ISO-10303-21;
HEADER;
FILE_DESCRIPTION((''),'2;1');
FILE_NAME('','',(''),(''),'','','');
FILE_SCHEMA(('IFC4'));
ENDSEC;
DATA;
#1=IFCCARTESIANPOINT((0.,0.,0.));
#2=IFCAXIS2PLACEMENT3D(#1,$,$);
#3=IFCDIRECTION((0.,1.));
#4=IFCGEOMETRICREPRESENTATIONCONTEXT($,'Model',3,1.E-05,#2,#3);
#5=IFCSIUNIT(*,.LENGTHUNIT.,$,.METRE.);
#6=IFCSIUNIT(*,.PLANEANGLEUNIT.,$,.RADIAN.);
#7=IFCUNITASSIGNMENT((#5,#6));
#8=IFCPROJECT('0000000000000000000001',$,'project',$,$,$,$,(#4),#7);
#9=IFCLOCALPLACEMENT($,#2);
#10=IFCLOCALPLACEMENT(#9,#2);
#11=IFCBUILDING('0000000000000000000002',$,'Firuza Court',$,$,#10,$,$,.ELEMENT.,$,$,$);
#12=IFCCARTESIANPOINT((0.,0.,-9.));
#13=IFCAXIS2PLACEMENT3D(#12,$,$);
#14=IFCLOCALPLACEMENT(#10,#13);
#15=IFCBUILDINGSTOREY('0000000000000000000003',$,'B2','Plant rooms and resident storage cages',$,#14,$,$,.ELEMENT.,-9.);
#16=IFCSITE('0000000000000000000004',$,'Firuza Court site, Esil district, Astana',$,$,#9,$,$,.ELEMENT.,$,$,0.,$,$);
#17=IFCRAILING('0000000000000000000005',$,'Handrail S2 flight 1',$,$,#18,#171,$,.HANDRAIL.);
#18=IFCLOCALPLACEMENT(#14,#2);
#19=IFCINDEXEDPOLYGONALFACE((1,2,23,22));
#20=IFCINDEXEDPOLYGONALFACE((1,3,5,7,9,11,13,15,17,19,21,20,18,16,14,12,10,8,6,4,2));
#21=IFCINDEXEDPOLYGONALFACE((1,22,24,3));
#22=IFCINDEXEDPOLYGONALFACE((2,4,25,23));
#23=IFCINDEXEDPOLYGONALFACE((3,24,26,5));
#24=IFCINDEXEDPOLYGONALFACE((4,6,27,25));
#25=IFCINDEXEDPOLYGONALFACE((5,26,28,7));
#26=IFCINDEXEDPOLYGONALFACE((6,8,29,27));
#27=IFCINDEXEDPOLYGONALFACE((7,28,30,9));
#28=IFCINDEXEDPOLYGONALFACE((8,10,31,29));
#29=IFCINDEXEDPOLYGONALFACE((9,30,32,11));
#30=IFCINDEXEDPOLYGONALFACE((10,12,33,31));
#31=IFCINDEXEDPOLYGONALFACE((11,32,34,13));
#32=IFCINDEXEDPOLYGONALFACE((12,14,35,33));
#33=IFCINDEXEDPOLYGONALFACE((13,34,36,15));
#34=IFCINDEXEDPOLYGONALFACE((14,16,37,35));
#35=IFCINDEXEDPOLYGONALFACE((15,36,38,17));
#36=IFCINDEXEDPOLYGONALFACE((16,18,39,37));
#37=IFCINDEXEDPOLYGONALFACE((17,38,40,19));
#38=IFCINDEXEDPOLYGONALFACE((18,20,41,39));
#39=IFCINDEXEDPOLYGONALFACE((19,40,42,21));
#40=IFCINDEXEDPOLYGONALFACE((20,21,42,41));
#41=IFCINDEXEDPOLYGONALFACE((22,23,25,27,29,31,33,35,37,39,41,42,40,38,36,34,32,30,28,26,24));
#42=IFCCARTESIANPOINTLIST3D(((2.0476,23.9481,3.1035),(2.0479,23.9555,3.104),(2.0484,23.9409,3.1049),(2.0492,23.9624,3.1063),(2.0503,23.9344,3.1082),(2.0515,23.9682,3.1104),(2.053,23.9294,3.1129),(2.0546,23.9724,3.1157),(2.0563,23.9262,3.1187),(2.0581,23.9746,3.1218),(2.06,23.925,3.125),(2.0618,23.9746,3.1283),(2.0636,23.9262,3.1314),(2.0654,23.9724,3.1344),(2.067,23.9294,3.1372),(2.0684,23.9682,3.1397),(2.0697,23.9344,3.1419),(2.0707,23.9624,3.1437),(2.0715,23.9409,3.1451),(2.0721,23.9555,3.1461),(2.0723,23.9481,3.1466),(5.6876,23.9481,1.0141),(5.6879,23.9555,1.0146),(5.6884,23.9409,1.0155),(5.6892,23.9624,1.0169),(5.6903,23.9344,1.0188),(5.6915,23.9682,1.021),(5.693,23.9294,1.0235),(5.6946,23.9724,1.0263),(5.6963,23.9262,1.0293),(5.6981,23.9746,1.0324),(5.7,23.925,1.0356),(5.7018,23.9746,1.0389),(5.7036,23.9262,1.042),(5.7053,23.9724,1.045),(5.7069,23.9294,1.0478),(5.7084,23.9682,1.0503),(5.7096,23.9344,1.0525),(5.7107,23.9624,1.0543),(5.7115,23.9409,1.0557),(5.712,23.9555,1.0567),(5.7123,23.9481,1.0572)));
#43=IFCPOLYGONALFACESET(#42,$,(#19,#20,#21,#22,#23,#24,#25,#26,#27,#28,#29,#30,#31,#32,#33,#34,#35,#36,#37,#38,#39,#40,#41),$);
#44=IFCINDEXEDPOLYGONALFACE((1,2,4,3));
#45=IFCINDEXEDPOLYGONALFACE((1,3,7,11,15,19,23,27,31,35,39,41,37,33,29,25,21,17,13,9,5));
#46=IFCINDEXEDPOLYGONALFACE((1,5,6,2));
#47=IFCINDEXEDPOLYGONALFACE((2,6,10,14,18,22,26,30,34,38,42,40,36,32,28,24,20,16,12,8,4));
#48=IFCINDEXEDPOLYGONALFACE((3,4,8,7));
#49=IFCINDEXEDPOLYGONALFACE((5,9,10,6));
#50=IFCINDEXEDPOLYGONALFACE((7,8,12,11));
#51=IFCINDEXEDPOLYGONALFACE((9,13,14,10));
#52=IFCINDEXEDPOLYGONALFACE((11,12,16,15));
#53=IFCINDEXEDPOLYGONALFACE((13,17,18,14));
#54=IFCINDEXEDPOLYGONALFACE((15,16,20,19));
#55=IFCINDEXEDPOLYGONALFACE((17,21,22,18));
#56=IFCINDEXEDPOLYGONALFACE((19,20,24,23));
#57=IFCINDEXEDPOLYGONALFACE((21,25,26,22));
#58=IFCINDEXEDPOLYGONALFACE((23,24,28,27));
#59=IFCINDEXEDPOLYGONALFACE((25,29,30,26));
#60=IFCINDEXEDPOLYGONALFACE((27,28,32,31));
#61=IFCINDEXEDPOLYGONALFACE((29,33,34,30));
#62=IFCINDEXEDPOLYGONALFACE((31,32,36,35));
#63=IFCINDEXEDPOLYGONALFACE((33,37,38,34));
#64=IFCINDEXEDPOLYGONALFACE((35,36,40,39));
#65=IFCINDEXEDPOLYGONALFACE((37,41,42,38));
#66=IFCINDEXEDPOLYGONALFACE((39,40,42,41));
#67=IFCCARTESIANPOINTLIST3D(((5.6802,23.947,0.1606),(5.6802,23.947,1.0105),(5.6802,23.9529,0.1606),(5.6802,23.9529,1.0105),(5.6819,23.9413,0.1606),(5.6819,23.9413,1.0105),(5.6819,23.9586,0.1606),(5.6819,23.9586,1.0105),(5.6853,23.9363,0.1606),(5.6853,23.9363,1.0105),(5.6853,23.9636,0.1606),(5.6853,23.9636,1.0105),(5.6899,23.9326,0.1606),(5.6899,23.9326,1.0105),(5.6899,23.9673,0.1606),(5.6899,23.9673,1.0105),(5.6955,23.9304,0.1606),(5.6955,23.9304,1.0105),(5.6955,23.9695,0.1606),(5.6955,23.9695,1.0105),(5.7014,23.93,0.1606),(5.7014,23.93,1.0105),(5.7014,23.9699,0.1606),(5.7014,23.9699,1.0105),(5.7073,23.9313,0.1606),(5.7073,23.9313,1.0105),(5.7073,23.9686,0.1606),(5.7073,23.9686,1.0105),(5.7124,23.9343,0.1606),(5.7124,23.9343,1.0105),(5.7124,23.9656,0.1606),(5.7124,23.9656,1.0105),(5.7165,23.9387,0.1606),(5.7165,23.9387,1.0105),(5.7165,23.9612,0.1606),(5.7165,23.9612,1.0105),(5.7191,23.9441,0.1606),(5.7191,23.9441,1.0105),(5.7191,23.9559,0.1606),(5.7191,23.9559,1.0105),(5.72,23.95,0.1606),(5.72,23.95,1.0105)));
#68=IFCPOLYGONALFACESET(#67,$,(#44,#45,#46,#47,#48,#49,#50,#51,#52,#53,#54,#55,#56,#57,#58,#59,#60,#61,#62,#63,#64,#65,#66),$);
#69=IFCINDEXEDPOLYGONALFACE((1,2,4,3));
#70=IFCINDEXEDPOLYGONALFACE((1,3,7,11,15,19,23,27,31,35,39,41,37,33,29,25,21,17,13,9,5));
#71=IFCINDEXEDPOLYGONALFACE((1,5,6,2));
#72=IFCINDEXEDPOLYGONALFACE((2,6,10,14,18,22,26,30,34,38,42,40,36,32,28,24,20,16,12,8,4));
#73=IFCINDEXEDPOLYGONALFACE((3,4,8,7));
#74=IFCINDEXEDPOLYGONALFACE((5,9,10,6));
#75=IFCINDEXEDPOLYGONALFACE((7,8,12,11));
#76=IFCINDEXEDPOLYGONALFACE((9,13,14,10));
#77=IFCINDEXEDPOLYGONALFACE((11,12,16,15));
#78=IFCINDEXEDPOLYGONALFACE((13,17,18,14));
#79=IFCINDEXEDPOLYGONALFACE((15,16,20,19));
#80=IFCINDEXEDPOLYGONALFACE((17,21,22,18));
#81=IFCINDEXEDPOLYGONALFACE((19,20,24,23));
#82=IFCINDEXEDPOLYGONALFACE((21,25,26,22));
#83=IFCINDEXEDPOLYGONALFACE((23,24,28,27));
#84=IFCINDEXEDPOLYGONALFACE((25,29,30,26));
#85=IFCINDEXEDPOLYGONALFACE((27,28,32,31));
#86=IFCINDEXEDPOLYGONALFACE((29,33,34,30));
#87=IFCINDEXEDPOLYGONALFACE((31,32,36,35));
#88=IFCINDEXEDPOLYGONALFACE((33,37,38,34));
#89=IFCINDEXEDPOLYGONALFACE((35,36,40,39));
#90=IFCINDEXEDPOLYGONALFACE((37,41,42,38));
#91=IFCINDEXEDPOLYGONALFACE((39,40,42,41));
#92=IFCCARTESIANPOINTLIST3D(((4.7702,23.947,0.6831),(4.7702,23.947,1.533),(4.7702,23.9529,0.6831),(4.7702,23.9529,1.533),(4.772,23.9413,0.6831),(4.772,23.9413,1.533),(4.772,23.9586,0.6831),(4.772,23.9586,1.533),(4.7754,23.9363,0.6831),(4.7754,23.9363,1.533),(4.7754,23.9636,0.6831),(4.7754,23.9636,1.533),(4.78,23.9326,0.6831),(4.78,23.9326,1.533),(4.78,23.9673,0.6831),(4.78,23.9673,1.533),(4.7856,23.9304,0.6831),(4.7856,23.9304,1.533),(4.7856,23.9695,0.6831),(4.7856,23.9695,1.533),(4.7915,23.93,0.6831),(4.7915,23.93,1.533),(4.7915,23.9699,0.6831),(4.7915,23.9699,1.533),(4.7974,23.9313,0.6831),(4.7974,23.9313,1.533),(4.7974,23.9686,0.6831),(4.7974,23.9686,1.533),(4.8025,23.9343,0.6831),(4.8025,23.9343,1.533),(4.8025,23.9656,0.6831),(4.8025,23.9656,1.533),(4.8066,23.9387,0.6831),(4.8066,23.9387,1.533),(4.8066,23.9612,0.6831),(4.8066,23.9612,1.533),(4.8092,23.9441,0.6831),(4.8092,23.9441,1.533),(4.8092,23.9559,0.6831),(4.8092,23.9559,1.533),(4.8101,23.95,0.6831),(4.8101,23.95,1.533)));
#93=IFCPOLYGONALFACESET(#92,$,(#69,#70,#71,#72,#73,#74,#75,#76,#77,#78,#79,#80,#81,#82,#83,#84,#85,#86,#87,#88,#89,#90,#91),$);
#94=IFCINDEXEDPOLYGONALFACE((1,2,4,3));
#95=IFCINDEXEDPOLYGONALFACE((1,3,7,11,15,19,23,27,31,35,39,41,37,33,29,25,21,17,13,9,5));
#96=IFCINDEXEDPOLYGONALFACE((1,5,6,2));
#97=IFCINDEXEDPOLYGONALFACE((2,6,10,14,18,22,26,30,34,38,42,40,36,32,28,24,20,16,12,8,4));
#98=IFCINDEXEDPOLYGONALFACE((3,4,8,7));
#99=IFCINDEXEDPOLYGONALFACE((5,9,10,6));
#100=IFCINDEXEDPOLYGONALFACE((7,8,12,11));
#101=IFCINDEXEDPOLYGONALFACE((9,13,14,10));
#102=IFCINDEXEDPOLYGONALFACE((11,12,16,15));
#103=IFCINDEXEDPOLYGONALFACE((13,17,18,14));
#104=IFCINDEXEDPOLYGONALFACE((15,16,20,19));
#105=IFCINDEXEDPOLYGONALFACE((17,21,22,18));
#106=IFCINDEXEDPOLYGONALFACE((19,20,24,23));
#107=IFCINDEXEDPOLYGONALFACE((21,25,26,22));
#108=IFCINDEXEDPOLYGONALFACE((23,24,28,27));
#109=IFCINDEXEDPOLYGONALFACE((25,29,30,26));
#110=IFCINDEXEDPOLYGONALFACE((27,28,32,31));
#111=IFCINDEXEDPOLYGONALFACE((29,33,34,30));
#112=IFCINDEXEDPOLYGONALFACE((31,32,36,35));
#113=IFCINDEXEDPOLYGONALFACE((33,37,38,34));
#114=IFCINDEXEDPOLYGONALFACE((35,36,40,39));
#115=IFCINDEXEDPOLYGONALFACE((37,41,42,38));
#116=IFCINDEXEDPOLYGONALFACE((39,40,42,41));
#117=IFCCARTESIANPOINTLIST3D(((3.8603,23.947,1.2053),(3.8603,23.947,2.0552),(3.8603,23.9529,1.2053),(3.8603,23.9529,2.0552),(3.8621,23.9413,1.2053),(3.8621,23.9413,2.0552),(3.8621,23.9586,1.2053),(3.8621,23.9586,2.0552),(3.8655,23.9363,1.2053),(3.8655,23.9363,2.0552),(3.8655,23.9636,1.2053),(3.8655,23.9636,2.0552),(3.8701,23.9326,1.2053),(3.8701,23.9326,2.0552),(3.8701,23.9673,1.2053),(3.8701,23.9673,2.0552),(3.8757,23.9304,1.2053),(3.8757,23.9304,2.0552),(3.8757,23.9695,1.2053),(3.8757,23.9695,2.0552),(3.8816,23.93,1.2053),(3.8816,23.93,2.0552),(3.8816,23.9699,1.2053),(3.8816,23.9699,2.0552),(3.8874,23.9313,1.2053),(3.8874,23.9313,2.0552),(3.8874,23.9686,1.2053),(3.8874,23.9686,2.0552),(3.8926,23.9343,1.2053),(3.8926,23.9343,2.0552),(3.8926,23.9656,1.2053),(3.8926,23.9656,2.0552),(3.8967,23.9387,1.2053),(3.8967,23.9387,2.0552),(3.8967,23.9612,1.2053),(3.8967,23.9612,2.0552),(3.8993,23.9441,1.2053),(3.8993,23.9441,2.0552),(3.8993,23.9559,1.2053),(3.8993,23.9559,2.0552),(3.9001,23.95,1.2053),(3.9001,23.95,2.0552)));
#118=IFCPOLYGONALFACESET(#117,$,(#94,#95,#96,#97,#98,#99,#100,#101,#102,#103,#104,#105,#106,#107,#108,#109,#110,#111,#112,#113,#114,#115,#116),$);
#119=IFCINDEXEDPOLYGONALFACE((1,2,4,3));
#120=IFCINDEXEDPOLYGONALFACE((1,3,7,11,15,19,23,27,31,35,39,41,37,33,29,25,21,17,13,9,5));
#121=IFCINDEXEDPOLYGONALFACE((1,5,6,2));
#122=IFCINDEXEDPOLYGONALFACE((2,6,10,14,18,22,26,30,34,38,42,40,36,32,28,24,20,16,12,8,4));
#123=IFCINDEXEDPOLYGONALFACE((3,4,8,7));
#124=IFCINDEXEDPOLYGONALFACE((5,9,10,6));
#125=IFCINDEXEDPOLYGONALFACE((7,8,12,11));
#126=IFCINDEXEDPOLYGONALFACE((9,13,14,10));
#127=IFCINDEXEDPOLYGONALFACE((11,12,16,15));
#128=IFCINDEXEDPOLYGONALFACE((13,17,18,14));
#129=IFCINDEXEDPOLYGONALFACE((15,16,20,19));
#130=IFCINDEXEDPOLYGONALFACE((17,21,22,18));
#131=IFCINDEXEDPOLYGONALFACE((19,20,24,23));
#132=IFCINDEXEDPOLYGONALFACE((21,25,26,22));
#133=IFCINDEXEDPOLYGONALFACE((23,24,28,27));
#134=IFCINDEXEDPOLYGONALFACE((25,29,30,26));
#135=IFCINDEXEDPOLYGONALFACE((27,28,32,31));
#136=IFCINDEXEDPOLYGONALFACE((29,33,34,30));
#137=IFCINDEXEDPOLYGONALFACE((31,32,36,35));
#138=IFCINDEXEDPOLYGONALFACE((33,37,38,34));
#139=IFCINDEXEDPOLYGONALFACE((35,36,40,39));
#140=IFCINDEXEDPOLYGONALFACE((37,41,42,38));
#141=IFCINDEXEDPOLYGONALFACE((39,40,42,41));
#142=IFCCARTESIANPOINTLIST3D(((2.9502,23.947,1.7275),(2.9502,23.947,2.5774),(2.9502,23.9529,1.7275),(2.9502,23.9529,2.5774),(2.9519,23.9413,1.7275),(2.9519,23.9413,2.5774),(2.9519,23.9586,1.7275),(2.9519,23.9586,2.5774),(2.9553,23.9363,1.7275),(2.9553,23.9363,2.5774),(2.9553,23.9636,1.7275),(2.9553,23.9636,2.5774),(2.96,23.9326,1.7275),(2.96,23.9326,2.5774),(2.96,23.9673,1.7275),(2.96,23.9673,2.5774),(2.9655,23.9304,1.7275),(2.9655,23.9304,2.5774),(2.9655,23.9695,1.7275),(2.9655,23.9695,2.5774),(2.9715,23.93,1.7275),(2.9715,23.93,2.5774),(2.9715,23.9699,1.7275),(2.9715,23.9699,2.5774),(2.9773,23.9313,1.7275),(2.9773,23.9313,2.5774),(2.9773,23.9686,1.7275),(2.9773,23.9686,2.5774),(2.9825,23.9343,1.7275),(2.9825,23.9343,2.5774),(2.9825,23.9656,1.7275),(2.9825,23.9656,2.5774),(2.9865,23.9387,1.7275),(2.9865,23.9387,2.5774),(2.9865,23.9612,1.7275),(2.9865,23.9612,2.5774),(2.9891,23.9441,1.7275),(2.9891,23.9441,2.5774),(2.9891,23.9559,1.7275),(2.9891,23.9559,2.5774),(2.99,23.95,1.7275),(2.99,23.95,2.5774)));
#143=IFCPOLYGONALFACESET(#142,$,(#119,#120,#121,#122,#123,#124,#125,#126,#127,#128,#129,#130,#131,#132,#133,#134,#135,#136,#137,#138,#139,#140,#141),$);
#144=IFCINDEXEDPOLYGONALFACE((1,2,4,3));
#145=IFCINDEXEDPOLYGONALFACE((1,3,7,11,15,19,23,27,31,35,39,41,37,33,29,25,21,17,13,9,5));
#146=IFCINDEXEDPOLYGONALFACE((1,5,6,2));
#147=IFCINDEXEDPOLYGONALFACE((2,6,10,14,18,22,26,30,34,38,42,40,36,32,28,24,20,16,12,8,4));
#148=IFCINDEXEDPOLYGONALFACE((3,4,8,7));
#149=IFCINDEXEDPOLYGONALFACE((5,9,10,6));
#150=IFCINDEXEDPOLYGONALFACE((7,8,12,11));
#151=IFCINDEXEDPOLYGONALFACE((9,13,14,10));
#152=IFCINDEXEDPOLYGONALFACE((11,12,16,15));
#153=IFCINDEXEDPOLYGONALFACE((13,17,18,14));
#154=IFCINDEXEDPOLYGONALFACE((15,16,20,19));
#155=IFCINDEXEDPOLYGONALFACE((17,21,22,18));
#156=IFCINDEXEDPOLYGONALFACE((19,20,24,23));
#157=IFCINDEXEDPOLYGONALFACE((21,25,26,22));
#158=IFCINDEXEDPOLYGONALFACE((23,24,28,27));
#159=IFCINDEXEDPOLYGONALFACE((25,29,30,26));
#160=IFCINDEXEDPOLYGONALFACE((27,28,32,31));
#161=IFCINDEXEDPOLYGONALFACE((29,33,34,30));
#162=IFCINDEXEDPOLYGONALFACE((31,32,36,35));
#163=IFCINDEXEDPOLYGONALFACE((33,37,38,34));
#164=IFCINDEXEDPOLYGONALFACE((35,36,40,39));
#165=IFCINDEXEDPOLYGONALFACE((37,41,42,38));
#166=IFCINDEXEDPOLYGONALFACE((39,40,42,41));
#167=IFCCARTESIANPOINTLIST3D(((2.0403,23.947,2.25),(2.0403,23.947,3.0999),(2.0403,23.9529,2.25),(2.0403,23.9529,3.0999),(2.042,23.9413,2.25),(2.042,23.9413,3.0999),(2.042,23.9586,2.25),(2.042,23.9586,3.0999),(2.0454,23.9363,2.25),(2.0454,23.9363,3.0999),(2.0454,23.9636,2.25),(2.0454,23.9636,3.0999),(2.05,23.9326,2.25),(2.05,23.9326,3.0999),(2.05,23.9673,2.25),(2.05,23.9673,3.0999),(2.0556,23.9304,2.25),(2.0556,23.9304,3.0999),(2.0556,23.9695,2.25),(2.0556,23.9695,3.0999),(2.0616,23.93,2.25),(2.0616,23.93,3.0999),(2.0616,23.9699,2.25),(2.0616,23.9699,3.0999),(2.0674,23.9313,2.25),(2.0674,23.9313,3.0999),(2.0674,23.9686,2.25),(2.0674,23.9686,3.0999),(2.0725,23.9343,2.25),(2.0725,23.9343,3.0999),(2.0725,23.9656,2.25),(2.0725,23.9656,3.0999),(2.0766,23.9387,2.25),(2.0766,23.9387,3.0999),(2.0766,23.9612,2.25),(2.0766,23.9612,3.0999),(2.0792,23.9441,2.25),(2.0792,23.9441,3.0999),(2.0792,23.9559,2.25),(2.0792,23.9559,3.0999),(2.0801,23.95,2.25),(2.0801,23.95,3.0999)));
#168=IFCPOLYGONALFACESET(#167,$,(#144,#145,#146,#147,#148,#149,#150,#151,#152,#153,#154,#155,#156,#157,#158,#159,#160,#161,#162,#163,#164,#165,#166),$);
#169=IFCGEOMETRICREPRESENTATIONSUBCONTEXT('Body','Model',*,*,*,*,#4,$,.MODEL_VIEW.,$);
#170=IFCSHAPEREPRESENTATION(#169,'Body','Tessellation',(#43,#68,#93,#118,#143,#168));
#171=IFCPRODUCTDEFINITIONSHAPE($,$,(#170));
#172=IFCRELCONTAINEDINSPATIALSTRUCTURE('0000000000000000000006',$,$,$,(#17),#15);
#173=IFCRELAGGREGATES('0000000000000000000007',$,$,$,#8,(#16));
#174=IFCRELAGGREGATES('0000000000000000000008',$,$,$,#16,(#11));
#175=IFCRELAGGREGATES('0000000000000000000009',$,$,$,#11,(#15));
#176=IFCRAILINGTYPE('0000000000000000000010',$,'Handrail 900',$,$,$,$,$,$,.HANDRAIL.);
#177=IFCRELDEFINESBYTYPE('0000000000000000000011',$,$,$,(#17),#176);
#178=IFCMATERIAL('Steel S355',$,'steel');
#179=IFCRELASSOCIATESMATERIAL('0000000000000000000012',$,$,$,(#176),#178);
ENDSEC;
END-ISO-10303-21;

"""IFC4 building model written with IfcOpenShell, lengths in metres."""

from ifc_helpers import new_model, si_unit, direction, frame, origin, origin_2d, place, context, subcontext, project, spatial, circle, extrude, material, type_object, element, save


model = new_model("IFC4")

# Units and contexts
model_context = context("Model", 3, precision=1e-05, world=origin(), true_north=direction((0.0, 1.0)))
body_context = subcontext(model_context, "Body", "Model", "MODEL_VIEW")
ifc_project = project(units=[si_unit("LENGTHUNIT", "METRE"), si_unit("PLANEANGLEUNIT", "RADIAN")], contexts=[model_context])

# Site, building, storey
site_placement = place(None, origin())
site = spatial("IfcSite", under=ifc_project, at=site_placement, Name="Firuza Court site, Esil district, Astana", CompositionType="ELEMENT", RefElevation=0.0)
building_placement = place(site_placement, origin())
building = spatial("IfcBuilding", under=site, at=building_placement, Name="Firuza Court", CompositionType="ELEMENT")
storey_placement = place(building_placement, frame((0.0, 0.0, -9.0)))
storey = spatial("IfcBuildingStorey", under=building, at=storey_placement, Name="B2", Description="Plant rooms and resident storage cages", CompositionType="ELEMENT", Elevation=-9.0)

# Railing
ifc_material_1 = material(Name="Steel S355", Category="steel")
railing_type_1 = type_object("IfcRailingType", Name="Handrail 900", PredefinedType="HANDRAIL", material=ifc_material_1)
railing_1_placement = place(storey_placement, frame((5.7, 23.95, 0.1606)))
element("IfcRailing", 1, at=railing_1_placement, inside=storey, type_object=railing_type_1, Name="Handrail S2 flight 1", PredefinedType="HANDRAIL", context=body_context, shape_type="SweptSolid", body=[
    extrude(circle(Radius=0.0249, at=origin_2d()), frame((0.0, 0.0, 0.875), z_axis=(-0.867275, 0.0, 0.497829), x_axis=(0.0, -1.0, 0.0)), (0.0, 0.0, 1.0), 4.197),
    extrude(circle(Radius=0.02, at=origin_2d()), origin(), (0.0, 0.0, 1.0), 0.8499),
    extrude(circle(Radius=0.02, at=origin_2d()), frame((-0.9099, 0.0, 0.5225)), (0.0, 0.0, 1.0), 0.8499),
    extrude(circle(Radius=0.02, at=origin_2d()), frame((-1.8198, 0.0, 1.0447)), (0.0, 0.0, 1.0), 0.8499),
    extrude(circle(Radius=0.02, at=origin_2d()), frame((-2.73, 0.0, 1.5669)), (0.0, 0.0, 1.0), 0.8499),
    extrude(circle(Radius=0.02, at=origin_2d()), frame((-3.6399, 0.0, 2.0894)), (0.0, 0.0, 1.0), 0.8499),
])

save(model, "model.ifc")
